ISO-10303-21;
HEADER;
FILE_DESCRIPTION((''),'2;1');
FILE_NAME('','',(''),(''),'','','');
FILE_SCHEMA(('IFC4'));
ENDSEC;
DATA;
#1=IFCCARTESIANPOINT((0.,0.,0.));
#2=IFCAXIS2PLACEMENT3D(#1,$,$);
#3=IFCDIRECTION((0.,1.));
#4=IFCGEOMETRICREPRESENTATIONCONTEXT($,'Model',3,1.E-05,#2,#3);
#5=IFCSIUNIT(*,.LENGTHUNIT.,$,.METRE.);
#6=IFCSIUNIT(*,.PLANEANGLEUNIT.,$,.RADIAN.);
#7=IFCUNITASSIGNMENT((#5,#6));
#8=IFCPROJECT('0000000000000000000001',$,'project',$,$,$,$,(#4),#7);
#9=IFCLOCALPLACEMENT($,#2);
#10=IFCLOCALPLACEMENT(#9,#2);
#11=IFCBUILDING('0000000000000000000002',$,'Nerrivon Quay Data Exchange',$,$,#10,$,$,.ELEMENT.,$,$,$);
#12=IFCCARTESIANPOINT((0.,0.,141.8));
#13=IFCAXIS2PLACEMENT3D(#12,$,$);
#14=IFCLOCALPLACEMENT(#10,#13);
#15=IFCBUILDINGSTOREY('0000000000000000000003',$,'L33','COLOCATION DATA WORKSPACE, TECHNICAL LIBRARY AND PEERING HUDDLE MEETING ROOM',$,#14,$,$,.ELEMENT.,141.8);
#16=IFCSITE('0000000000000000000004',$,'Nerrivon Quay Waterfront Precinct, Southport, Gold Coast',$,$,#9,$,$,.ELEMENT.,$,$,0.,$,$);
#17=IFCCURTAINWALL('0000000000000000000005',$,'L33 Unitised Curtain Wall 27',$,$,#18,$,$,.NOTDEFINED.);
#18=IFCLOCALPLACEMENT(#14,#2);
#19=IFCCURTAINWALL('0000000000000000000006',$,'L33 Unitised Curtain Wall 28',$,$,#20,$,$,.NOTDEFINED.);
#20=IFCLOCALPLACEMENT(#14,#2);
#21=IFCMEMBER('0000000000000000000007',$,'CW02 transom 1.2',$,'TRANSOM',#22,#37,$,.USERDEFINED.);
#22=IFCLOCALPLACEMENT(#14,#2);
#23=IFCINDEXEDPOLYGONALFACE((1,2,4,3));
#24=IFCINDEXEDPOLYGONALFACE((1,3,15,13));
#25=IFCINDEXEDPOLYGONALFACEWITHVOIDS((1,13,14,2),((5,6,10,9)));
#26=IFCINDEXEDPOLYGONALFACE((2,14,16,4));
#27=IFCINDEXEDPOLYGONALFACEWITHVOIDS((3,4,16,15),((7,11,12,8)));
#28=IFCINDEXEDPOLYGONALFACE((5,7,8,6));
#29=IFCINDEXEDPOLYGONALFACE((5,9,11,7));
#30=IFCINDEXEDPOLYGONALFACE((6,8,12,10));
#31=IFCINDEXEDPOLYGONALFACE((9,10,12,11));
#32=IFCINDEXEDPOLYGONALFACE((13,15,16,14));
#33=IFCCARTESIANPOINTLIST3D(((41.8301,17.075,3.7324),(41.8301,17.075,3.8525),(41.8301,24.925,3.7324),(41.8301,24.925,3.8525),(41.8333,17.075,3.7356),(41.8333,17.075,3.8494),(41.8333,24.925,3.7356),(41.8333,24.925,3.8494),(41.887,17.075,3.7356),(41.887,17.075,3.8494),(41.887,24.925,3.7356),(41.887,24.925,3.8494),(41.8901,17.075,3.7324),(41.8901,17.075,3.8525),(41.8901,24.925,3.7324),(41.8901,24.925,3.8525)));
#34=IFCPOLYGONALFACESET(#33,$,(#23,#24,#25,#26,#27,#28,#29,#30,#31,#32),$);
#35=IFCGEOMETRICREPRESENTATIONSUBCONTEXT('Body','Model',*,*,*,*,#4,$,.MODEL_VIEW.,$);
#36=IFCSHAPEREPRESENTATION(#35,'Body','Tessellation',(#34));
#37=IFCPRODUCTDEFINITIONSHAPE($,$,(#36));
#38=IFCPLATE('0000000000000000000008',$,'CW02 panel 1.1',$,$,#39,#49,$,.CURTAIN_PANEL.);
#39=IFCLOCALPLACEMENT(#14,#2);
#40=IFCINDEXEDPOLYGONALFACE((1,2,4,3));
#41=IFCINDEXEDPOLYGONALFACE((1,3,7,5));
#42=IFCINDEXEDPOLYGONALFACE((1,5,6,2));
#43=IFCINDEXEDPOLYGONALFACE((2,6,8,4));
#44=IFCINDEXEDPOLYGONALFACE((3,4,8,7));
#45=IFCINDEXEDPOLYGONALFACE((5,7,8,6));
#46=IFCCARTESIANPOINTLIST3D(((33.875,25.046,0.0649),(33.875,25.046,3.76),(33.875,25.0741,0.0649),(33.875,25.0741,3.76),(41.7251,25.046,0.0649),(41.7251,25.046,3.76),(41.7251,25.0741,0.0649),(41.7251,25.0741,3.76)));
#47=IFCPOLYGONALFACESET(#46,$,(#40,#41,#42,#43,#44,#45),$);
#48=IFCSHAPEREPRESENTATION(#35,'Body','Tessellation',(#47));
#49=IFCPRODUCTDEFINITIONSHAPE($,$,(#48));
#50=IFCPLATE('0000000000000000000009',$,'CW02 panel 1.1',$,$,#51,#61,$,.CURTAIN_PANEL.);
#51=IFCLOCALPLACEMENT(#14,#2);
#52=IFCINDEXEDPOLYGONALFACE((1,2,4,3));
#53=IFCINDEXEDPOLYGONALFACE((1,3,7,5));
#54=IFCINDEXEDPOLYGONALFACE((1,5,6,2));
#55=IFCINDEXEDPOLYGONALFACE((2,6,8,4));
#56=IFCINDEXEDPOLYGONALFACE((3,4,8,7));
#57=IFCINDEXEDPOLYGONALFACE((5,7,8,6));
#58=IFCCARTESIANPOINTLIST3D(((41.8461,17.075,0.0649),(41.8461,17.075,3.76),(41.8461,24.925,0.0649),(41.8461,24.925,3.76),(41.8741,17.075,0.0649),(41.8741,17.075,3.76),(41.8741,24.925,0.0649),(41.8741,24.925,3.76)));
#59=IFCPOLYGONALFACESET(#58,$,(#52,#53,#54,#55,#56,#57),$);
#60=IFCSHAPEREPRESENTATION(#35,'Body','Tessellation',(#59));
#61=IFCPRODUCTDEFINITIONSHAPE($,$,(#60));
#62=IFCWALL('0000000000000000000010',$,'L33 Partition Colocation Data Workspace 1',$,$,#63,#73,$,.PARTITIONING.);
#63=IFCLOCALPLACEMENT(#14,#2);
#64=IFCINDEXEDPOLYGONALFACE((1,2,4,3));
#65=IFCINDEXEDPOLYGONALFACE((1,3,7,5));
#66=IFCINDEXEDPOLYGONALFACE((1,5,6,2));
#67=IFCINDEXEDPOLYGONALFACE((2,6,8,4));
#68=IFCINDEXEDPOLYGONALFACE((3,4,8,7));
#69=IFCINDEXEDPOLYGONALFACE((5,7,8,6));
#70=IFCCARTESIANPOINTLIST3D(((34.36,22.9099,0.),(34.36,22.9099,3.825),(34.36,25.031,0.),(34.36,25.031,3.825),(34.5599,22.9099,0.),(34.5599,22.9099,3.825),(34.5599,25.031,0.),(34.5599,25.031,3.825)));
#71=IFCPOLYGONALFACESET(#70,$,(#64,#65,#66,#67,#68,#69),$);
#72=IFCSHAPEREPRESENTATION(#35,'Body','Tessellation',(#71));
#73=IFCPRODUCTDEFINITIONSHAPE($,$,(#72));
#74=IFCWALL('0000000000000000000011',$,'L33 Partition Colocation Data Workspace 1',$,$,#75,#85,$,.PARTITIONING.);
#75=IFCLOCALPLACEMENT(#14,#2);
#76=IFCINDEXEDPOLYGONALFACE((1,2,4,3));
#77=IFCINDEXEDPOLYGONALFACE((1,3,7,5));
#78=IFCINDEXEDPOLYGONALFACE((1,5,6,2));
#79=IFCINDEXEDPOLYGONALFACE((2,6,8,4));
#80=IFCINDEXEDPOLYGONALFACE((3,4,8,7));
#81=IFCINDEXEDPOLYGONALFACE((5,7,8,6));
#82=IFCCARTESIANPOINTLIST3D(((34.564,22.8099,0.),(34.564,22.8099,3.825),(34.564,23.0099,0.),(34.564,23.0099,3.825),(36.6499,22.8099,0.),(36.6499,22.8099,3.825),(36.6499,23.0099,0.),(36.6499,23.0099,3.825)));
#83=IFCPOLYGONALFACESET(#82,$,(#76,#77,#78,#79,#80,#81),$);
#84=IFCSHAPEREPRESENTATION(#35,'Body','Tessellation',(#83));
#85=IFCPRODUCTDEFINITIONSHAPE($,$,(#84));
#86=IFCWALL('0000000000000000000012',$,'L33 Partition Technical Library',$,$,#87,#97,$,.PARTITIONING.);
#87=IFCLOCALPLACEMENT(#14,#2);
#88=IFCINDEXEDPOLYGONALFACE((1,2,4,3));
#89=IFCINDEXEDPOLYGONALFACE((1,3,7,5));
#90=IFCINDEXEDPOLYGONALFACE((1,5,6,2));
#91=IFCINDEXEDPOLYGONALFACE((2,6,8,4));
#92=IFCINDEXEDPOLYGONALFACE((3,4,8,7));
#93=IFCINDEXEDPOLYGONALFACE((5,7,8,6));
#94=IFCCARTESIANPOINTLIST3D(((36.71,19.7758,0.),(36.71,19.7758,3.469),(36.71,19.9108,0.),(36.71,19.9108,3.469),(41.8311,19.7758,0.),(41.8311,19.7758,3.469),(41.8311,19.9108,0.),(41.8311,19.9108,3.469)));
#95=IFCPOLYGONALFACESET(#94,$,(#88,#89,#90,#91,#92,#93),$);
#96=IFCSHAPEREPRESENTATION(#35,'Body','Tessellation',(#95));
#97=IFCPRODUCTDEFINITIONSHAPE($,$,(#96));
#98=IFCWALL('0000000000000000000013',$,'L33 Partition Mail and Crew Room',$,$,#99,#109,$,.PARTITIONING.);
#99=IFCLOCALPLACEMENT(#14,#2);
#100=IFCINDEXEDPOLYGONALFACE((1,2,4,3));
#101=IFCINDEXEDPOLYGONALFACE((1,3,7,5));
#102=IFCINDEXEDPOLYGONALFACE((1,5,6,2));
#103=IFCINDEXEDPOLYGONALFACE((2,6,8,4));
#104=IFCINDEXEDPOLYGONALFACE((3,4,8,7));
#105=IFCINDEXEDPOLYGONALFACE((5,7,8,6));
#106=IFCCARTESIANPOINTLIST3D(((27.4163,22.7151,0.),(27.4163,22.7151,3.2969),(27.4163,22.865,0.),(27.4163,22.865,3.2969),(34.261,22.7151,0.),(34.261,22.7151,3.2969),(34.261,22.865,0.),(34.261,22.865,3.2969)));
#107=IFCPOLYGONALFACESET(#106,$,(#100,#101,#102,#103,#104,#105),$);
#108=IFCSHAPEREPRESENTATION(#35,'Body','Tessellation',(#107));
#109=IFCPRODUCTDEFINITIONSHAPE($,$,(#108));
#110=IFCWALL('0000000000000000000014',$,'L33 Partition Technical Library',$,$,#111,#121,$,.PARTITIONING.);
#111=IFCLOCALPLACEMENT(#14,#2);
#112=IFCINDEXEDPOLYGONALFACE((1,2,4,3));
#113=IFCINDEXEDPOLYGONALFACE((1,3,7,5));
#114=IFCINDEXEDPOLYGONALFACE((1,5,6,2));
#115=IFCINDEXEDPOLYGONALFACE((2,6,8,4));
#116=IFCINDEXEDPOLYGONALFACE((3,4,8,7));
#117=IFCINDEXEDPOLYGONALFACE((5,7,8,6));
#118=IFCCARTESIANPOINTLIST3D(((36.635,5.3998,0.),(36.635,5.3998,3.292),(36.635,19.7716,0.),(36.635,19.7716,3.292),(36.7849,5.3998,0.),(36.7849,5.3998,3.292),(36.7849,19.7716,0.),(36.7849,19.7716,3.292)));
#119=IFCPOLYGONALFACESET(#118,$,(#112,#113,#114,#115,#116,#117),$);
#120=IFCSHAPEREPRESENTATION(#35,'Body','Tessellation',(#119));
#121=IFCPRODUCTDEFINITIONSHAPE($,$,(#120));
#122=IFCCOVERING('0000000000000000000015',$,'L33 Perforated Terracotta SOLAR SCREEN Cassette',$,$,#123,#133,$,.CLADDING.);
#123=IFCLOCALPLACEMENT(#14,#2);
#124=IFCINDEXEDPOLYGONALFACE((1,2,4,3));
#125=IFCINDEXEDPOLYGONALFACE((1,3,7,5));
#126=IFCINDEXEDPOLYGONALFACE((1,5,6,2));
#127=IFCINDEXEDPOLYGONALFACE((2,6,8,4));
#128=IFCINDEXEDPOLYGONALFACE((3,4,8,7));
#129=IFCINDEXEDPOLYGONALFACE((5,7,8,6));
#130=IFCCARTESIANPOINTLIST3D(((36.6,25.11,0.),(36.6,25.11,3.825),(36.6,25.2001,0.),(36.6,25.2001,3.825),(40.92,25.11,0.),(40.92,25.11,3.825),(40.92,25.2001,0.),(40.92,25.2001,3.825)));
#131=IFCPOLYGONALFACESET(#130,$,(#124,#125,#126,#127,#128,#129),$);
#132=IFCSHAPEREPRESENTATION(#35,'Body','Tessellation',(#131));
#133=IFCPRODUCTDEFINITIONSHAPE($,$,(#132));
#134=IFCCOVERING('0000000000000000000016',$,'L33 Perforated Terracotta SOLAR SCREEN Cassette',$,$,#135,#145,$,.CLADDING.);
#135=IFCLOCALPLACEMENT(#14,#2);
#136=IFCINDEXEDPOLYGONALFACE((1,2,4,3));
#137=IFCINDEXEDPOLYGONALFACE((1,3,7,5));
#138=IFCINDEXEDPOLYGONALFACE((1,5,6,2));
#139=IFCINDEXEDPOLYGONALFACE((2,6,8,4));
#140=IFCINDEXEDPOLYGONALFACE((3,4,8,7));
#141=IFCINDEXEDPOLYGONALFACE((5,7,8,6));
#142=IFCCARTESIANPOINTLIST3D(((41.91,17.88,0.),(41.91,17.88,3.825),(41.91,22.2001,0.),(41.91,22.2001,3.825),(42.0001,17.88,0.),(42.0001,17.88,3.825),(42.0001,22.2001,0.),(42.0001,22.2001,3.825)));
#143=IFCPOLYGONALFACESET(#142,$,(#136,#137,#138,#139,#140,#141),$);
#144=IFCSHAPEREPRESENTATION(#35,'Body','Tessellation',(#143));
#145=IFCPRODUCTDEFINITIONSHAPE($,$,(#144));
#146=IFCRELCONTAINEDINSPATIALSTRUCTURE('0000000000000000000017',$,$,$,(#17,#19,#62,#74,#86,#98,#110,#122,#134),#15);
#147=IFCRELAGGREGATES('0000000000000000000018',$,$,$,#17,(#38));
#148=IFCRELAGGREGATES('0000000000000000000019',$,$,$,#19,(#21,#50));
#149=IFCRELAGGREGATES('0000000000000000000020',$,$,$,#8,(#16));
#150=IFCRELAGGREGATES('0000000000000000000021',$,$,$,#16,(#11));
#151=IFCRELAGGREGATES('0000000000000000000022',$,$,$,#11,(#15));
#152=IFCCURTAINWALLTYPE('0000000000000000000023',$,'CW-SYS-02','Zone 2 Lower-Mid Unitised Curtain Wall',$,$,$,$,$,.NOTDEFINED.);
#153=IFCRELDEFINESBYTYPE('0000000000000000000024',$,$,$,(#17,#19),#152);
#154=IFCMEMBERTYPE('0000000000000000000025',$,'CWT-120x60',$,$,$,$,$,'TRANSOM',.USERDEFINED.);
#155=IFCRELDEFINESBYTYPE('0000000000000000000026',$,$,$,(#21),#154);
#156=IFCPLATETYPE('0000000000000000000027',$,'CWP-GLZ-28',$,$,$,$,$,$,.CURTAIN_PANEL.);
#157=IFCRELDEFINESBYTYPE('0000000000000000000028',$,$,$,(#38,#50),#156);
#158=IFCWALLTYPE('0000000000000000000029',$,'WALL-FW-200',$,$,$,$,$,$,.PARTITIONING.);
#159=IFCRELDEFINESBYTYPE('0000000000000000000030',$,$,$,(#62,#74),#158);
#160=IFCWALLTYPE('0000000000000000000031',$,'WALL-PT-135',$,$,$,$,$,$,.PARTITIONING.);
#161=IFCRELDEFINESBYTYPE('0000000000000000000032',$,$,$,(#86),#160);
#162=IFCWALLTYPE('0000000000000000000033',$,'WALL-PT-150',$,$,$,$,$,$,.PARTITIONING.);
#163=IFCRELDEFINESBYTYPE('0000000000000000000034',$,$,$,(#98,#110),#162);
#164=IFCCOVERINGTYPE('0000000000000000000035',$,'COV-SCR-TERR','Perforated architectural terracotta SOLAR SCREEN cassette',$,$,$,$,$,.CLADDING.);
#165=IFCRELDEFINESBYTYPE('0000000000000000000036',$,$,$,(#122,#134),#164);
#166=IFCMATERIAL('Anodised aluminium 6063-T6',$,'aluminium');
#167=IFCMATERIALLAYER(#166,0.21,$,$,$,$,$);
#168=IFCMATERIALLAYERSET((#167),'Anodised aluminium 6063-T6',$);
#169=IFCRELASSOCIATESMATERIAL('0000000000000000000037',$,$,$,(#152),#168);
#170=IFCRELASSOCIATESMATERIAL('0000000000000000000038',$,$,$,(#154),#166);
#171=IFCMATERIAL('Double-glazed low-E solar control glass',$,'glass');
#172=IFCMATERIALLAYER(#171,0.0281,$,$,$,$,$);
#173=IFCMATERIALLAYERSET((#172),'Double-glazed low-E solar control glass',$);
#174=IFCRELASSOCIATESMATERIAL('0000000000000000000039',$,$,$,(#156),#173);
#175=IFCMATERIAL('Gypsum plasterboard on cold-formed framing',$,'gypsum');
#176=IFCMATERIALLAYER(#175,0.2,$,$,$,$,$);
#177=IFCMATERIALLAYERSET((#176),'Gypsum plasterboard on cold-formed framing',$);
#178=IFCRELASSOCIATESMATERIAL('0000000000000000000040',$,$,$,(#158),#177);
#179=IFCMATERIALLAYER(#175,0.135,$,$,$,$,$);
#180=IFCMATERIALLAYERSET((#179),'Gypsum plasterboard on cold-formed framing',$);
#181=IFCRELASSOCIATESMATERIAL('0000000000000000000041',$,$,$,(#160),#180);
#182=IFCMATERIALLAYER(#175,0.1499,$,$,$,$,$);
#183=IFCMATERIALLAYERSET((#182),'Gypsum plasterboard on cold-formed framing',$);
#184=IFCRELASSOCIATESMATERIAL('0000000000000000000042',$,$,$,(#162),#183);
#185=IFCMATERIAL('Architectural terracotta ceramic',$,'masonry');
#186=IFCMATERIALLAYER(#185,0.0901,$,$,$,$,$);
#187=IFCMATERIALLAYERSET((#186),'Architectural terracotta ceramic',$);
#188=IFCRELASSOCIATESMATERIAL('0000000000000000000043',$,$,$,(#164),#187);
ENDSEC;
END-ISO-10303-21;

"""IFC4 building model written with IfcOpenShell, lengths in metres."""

from ifc_helpers import new_model, si_unit, direction, frame, frame_2d, origin, origin_2d, place, context, subcontext, project, spatial, rectangle, hollow_rectangle, extrude, material, layer, layer_set, material_profile, profile_set, type_object, element, aggregate, save


model = new_model("IFC4")

# Units and contexts
model_context = context("Model", 3, precision=1e-05, world=origin(), true_north=direction((0.0, 1.0)))
body_context = subcontext(model_context, "Body", "Model", "MODEL_VIEW")
ifc_project = project(units=[si_unit("LENGTHUNIT", "METRE"), si_unit("PLANEANGLEUNIT", "RADIAN")], contexts=[model_context])

# Site, building, storey
site_placement = place(None, origin())
site = spatial("IfcSite", under=ifc_project, at=site_placement, Name="Nerrivon Quay Waterfront Precinct, Southport, Gold Coast", CompositionType="ELEMENT", RefElevation=0.0)
building_placement = place(site_placement, origin())
building = spatial("IfcBuilding", under=site, at=building_placement, Name="Nerrivon Quay Data Exchange", CompositionType="ELEMENT")
storey_placement = place(building_placement, frame((0.0, 0.0, 141.8)))
storey = spatial("IfcBuildingStorey", under=building, at=storey_placement, Name="L33", Description="COLOCATION DATA WORKSPACE, TECHNICAL LIBRARY AND PEERING HUDDLE MEETING ROOM", CompositionType="ELEMENT", Elevation=141.8)

# Shared definitions
ifc_material_1 = material(Name="Anodised aluminium 6063-T6", Category="aluminium")
ifc_layer_1 = layer(ifc_material_1, 0.21)
ifc_layer_set_1 = layer_set([ifc_layer_1], Name="Anodised aluminium 6063-T6")
curtain_wall_type = type_object("IfcCurtainWallType", Name="CW-SYS-02", Description="Zone 2 Lower-Mid Unitised Curtain Wall", PredefinedType="NOTDEFINED", material=ifc_layer_set_1)

# Curtain walls
curtain_wall_1_placement = place(storey_placement, origin())
curtain_wall_1 = element("IfcCurtainWall", 1, at=curtain_wall_1_placement, inside=storey, type_object=curtain_wall_type, Name="L33 Unitised Curtain Wall 27", PredefinedType="NOTDEFINED")
curtain_wall_2_placement = place(storey_placement, origin())
curtain_wall_2 = element("IfcCurtainWall", 2, at=curtain_wall_2_placement, inside=storey, type_object=curtain_wall_type, Name="L33 Unitised Curtain Wall 28", PredefinedType="NOTDEFINED")

# Member
ifc_material_profile_1 = material_profile(ifc_material_1, hollow_rectangle(XDim=0.0601, YDim=0.1201, WallThickness=0.0032, at=origin_2d()), Name="ALU-TRAN-120x60")
ifc_profile_set_1 = profile_set([ifc_material_profile_1], Name="Anodised aluminium 6063-T6")
member_type_1 = type_object("IfcMemberType", Name="CWT-120x60", ElementType="TRANSOM", PredefinedType="USERDEFINED", material=ifc_profile_set_1)
member_1_placement = place(storey_placement, frame((41.8601, 24.925, 3.7925), z_axis=(0.0, -1.0, 0.0), x_axis=(1.0, 0.0, 0.0)))
member_1 = element("IfcMember", 3, at=member_1_placement, type_object=member_type_1, Name="CW02 transom 1.2", ObjectType="TRANSOM", PredefinedType="USERDEFINED", context=body_context, shape_type="SweptSolid", body=[
    extrude(hollow_rectangle(XDim=0.0601, YDim=0.1201, WallThickness=0.0032, at=origin_2d()), origin(), (0.0, 0.0, 1.0), 7.8501),
])

# Plates
ifc_material_2 = material(Name="Double-glazed low-E solar control glass", Category="glass")
ifc_layer_2 = layer(ifc_material_2, 0.0281)
ifc_layer_set_2 = layer_set([ifc_layer_2], Name="Double-glazed low-E solar control glass")
plate_type = type_object("IfcPlateType", Name="CWP-GLZ-28", PredefinedType="CURTAIN_PANEL", material=ifc_layer_set_2)
plate_1_placement = place(storey_placement, frame((37.8, 25.0601, 0.0649), z_axis=(0.0, 0.0, 1.0), x_axis=(1.0, 0.0, 0.0)))
plate_1 = element("IfcPlate", 4, at=plate_1_placement, type_object=plate_type, Name="CW02 panel 1.1", PredefinedType="CURTAIN_PANEL", context=body_context, shape_type="SweptSolid", body=[
    extrude(rectangle(XDim=7.8501, YDim=0.0281, at=origin_2d()), origin(), (0.0, 0.0, 1.0), 3.6951),
])
aggregate(curtain_wall_1, [plate_1])
plate_2_placement = place(storey_placement, frame((41.8601, 21.0, 0.0649), z_axis=(0.0, 0.0, 1.0), x_axis=(0.0, -1.0, 0.0)))
plate_2 = element("IfcPlate", 5, at=plate_2_placement, type_object=plate_type, Name="CW02 panel 1.1", PredefinedType="CURTAIN_PANEL", context=body_context, shape_type="SweptSolid", body=[
    extrude(rectangle(XDim=7.8501, YDim=0.0281, at=origin_2d()), origin(), (0.0, 0.0, 1.0), 3.6951),
])
aggregate(curtain_wall_2, [member_1, plate_2])

# Shared definitions
ifc_material_3 = material(Name="Gypsum plasterboard on cold-formed framing", Category="gypsum")
ifc_layer_3 = layer(ifc_material_3, 0.2)
ifc_layer_set_3 = layer_set([ifc_layer_3], Name="Gypsum plasterboard on cold-formed framing")
wall_type_1 = type_object("IfcWallType", Name="WALL-FW-200", PredefinedType="PARTITIONING", material=ifc_layer_set_3)

# Walls
wall_1_placement = place(storey_placement, frame((34.46, 25.031, 0.0), z_axis=(0.0, 0.0, 1.0), x_axis=(0.0, -1.0, 0.0)))
element("IfcWall", 6, at=wall_1_placement, inside=storey, type_object=wall_type_1, Name="L33 Partition Colocation Data Workspace 1", PredefinedType="PARTITIONING", context=body_context, shape_type="SweptSolid", body=[
    extrude(rectangle(XDim=2.1211, YDim=0.2, at=frame_2d((1.0605, 0.0))), origin(), (0.0, 0.0, 1.0), 3.825),
])
wall_2_placement = place(storey_placement, frame((34.564, 22.9099, 0.0), z_axis=(0.0, 0.0, 1.0), x_axis=(1.0, 0.0, 0.0)))
element("IfcWall", 7, at=wall_2_placement, inside=storey, type_object=wall_type_1, Name="L33 Partition Colocation Data Workspace 1", PredefinedType="PARTITIONING", context=body_context, shape_type="SweptSolid", body=[
    extrude(rectangle(XDim=2.0859, YDim=0.2, at=frame_2d((1.043, 0.0))), origin(), (0.0, 0.0, 1.0), 3.825),
])
ifc_layer_4 = layer(ifc_material_3, 0.135)
ifc_layer_set_4 = layer_set([ifc_layer_4], Name="Gypsum plasterboard on cold-formed framing")
wall_type_2 = type_object("IfcWallType", Name="WALL-PT-135", PredefinedType="PARTITIONING", material=ifc_layer_set_4)
wall_3_placement = place(storey_placement, frame((41.8311, 19.8433, 0.0), z_axis=(0.0, 0.0, 1.0), x_axis=(-1.0, 0.0, 0.0)))
element("IfcWall", 8, at=wall_3_placement, inside=storey, type_object=wall_type_2, Name="L33 Partition Technical Library", PredefinedType="PARTITIONING", context=body_context, shape_type="SweptSolid", body=[
    extrude(rectangle(XDim=5.1211, YDim=0.135, at=frame_2d((2.5605, 0.0))), origin(), (0.0, 0.0, 1.0), 3.469),
])
ifc_layer_5 = layer(ifc_material_3, 0.1499)
ifc_layer_set_5 = layer_set([ifc_layer_5], Name="Gypsum plasterboard on cold-formed framing")
wall_type_3 = type_object("IfcWallType", Name="WALL-PT-150", PredefinedType="PARTITIONING", material=ifc_layer_set_5)
wall_4_placement = place(storey_placement, frame((34.261, 22.79, 0.0), z_axis=(0.0, 0.0, 1.0), x_axis=(-1.0, 0.0, 0.0)))
element("IfcWall", 9, at=wall_4_placement, inside=storey, type_object=wall_type_3, Name="L33 Partition Mail and Crew Room", PredefinedType="PARTITIONING", context=body_context, shape_type="SweptSolid", body=[
    extrude(rectangle(XDim=6.8447, YDim=0.1499, at=frame_2d((3.4224, 0.0))), origin(), (0.0, 0.0, 1.0), 3.2969),
])
wall_5_placement = place(storey_placement, frame((36.71, 19.7717, 0.0), z_axis=(0.0, 0.0, 1.0), x_axis=(0.0, -1.0, 0.0)))
element("IfcWall", 10, at=wall_5_placement, inside=storey, type_object=wall_type_3, Name="L33 Partition Technical Library", PredefinedType="PARTITIONING", context=body_context, shape_type="SweptSolid", body=[
    extrude(rectangle(XDim=14.3718, YDim=0.1499, at=frame_2d((7.186, 0.0))), origin(), (0.0, 0.0, 1.0), 3.292),
])

# Coverings
ifc_material_4 = material(Name="Architectural terracotta ceramic", Category="masonry")
ifc_layer_6 = layer(ifc_material_4, 0.0901)
ifc_layer_set_6 = layer_set([ifc_layer_6], Name="Architectural terracotta ceramic")
covering_type = type_object("IfcCoveringType", Name="COV-SCR-TERR", Description="Perforated architectural terracotta SOLAR SCREEN cassette", PredefinedType="CLADDING", material=ifc_layer_set_6)
for number, where, z_axis, x_axis, name in (
    (11, (38.76, 25.155, 0.0), (0.0, 0.0, 1.0), (1.0, 0.0, 0.0), "L33 Perforated Terracotta SOLAR SCREEN Cassette"),
    (12, (41.9551, 20.04, 0.0), (0.0, 0.0, 1.0), (0.0, -1.0, 0.0), "L33 Perforated Terracotta SOLAR SCREEN Cassette"),
):
    element("IfcCovering", number, at=place(storey_placement, frame(where, z_axis=z_axis, x_axis=x_axis)), inside=storey, type_object=covering_type, Name=name, PredefinedType="CLADDING", context=body_context, shape_type="SweptSolid", body=[
        extrude(rectangle(XDim=4.3201, YDim=0.0901, at=origin_2d()), origin(), (0.0, 0.0, 1.0), 3.825),
    ])

save(model, "model.ifc")
